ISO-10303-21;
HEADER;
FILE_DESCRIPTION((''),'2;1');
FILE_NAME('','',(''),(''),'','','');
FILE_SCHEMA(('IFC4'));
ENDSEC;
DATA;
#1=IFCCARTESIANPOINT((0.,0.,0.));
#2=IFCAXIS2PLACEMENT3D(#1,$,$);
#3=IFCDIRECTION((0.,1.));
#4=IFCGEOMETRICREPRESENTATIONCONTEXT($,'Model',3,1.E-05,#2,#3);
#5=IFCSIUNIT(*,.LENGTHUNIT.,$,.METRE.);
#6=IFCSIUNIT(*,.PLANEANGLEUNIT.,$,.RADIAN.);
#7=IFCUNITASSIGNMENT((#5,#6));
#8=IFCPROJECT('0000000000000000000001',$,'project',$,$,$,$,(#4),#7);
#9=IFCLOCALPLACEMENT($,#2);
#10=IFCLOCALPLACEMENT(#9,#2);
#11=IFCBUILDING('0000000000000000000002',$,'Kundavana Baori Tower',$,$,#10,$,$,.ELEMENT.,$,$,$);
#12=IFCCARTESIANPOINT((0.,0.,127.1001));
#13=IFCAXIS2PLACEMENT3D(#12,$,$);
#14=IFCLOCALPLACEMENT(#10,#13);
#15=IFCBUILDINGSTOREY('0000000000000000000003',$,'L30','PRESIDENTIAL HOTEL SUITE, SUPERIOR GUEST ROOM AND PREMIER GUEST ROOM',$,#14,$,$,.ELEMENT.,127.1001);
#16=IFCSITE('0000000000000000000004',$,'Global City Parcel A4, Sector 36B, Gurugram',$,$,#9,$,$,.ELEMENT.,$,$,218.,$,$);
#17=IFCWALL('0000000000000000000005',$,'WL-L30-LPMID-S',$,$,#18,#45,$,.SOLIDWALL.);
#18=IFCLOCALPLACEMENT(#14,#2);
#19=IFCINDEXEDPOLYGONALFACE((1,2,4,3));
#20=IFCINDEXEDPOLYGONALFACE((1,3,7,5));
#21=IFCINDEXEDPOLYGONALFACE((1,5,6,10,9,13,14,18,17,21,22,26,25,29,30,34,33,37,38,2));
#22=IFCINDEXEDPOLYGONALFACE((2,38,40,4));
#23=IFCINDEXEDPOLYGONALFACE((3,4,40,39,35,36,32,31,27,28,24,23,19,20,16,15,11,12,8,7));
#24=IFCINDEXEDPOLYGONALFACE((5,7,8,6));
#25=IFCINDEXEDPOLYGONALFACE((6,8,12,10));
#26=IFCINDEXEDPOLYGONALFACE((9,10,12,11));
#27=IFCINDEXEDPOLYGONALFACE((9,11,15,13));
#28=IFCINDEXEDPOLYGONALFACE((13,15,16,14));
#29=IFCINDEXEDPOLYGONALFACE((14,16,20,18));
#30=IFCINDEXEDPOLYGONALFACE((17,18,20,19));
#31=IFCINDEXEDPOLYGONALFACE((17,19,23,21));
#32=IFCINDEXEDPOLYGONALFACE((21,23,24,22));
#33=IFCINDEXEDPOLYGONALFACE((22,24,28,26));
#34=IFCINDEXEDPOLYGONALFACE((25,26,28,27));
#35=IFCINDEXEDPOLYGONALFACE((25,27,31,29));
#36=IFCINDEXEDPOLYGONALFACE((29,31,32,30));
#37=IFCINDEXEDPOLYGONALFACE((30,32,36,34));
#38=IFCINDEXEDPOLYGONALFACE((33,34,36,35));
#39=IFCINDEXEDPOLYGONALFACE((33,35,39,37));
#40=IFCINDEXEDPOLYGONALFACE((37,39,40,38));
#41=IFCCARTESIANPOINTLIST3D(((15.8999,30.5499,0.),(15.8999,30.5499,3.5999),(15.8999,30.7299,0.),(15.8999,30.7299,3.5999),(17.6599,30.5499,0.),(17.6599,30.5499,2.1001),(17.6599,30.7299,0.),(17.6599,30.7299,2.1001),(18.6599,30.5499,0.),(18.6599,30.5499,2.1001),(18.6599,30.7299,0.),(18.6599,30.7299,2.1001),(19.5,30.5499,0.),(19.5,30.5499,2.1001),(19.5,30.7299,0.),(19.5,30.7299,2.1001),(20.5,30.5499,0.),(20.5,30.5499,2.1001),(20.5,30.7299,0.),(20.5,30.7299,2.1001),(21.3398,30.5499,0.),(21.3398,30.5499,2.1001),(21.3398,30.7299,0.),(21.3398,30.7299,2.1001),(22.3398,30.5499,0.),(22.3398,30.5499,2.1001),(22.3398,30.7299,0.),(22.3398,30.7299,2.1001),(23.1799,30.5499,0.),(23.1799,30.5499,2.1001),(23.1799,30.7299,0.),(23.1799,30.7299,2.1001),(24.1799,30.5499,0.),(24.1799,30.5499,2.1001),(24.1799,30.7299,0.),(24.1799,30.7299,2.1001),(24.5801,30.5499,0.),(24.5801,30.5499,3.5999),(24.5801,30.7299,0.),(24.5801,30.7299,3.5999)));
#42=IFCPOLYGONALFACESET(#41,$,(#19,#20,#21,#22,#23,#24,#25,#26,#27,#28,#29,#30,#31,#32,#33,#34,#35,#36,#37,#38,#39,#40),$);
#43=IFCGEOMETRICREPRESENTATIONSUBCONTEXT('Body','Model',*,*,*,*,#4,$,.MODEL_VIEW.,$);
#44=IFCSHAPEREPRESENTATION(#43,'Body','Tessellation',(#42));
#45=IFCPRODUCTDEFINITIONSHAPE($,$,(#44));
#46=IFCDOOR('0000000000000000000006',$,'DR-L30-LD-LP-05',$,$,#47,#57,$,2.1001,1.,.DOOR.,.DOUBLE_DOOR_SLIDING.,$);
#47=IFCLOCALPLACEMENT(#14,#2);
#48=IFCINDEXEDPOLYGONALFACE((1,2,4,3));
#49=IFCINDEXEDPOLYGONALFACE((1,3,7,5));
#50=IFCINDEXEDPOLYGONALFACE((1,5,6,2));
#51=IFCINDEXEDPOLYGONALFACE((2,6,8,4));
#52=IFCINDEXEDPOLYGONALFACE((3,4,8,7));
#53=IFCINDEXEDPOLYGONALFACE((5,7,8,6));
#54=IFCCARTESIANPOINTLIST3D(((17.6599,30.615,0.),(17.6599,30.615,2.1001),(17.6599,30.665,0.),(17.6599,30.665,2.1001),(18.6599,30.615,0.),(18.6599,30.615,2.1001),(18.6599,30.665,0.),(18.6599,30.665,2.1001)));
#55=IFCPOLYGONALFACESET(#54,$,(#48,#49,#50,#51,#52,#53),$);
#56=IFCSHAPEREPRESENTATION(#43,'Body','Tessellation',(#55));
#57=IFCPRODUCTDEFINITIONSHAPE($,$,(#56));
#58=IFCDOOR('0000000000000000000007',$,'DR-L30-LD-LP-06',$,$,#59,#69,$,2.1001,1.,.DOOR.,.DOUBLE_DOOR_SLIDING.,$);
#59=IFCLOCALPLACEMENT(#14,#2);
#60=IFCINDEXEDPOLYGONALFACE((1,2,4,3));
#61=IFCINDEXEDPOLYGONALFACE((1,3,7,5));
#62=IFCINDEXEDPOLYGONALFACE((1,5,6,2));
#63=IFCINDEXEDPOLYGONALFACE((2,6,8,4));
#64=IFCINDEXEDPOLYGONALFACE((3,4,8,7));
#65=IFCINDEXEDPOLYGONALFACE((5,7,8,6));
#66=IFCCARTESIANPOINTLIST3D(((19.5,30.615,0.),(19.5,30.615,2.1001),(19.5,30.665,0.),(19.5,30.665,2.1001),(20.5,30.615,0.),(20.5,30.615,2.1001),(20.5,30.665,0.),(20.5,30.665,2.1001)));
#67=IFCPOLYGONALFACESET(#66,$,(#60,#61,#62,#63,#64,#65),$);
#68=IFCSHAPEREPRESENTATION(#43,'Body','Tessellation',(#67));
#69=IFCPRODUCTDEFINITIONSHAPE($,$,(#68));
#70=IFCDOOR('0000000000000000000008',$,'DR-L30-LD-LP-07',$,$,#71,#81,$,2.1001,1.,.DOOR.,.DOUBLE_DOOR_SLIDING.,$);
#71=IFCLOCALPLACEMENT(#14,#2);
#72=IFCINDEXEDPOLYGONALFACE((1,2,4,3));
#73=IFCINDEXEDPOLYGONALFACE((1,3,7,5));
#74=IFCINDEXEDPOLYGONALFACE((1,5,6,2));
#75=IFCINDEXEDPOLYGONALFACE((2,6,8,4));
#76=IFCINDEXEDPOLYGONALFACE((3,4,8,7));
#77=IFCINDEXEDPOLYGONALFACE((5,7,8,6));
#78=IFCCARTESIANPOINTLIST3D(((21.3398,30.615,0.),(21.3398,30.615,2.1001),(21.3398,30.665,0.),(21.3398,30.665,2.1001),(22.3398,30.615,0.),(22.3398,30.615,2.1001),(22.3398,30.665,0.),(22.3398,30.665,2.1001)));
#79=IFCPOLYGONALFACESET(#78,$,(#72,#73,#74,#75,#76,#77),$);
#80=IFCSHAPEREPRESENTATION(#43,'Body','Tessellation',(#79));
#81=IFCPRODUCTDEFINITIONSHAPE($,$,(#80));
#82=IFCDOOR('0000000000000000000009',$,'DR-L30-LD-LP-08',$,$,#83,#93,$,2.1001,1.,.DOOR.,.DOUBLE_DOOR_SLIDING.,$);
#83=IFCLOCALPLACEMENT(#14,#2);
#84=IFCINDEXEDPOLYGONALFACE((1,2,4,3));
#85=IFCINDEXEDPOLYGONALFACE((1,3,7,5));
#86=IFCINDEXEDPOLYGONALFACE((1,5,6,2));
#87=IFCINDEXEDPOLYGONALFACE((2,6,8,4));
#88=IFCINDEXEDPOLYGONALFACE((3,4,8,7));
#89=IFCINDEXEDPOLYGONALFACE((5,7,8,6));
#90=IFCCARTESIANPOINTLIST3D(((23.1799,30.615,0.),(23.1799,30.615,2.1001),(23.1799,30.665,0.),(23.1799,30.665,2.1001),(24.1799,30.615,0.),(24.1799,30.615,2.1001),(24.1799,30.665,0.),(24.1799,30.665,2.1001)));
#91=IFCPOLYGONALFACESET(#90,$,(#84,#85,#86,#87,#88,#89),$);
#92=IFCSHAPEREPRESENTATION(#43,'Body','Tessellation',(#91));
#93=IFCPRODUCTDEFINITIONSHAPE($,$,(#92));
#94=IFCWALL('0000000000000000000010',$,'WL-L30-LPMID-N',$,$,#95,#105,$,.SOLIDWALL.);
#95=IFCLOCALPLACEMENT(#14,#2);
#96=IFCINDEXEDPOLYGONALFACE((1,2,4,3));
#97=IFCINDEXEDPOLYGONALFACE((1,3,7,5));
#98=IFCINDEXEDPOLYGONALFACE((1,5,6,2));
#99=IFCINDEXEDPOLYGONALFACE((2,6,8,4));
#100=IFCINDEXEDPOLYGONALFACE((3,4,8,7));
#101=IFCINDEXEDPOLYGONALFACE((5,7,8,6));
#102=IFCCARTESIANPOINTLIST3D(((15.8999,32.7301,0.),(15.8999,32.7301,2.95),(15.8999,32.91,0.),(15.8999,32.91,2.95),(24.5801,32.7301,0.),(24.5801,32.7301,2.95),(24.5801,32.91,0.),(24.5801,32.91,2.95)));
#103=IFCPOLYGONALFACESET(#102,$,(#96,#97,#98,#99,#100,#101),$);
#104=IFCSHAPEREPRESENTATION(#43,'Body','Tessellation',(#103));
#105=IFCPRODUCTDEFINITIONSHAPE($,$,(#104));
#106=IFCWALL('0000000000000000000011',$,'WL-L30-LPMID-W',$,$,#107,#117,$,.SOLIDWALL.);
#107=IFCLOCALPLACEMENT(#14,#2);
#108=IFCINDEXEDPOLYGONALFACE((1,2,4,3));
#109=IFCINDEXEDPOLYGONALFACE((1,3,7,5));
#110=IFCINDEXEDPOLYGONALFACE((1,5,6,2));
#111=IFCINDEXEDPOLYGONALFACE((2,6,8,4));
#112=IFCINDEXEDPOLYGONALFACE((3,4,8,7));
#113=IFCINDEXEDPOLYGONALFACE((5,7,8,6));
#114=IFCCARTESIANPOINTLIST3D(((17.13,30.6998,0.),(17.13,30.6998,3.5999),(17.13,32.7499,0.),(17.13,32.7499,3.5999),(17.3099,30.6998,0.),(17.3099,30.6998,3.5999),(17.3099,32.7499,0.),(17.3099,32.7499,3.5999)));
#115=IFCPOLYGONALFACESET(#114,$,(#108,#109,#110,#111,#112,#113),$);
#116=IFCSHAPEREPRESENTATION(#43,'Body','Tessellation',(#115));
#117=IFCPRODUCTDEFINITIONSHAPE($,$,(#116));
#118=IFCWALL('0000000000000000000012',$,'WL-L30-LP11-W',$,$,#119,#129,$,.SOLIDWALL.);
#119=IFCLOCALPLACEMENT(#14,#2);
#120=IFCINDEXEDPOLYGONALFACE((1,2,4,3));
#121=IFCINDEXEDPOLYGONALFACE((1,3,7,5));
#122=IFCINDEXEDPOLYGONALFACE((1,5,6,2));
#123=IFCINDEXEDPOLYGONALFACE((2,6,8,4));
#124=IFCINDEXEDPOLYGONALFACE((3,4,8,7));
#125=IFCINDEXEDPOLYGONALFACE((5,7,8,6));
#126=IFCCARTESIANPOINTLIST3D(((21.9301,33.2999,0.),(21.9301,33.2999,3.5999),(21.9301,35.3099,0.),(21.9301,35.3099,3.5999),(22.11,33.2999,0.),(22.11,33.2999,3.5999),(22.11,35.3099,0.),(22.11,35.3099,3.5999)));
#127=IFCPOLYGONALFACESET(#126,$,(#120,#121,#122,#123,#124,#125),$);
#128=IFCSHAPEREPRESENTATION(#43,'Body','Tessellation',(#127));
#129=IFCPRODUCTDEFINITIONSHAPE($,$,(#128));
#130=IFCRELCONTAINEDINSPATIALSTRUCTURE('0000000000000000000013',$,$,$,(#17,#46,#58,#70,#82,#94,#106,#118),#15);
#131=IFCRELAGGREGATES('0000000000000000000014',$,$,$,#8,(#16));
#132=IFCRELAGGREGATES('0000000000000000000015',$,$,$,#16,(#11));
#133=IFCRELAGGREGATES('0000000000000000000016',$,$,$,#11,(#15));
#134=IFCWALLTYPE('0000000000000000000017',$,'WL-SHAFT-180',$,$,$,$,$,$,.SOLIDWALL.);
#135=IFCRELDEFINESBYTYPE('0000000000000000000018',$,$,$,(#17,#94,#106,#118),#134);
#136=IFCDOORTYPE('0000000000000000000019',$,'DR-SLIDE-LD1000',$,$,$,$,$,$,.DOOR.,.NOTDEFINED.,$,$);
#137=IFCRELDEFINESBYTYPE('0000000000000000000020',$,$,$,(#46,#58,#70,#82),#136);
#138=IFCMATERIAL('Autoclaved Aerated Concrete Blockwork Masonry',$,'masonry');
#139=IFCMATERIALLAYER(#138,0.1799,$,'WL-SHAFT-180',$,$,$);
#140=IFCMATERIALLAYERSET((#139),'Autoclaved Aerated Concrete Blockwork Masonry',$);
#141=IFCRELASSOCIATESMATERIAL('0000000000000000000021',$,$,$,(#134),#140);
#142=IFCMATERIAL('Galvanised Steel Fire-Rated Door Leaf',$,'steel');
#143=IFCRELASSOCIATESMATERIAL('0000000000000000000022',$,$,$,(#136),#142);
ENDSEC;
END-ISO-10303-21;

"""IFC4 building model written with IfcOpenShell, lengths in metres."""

from ifc_helpers import new_model, si_unit, direction, frame, frame_2d, origin, place, context, subcontext, project, spatial, rectangle, extrude, material, layer, layer_set, type_object, element, fill, save


model = new_model("IFC4")

# Units and contexts
model_context = context("Model", 3, precision=1e-05, world=origin(), true_north=direction((0.0, 1.0)))
body_context = subcontext(model_context, "Body", "Model", "MODEL_VIEW")
ifc_project = project(units=[si_unit("LENGTHUNIT", "METRE"), si_unit("PLANEANGLEUNIT", "RADIAN")], contexts=[model_context])

# Site, building, storey
site_placement = place(None, origin())
site = spatial("IfcSite", under=ifc_project, at=site_placement, Name="Global City Parcel A4, Sector 36B, Gurugram", CompositionType="ELEMENT", RefElevation=218.0)
building_placement = place(site_placement, origin())
building = spatial("IfcBuilding", under=site, at=building_placement, Name="Kundavana Baori Tower", CompositionType="ELEMENT")
storey_placement = place(building_placement, frame((0.0, 0.0, 127.1001)))
storey = spatial("IfcBuildingStorey", under=building, at=storey_placement, Name="L30", Description="PRESIDENTIAL HOTEL SUITE, SUPERIOR GUEST ROOM AND PREMIER GUEST ROOM", CompositionType="ELEMENT", Elevation=127.1001)

# Shared definitions
ifc_material_1 = material(Name="Autoclaved Aerated Concrete Blockwork Masonry", Category="masonry")
ifc_layer_1 = layer(ifc_material_1, 0.1799, Name="WL-SHAFT-180")
ifc_layer_set_1 = layer_set([ifc_layer_1], Name="Autoclaved Aerated Concrete Blockwork Masonry")
wall_type_1 = type_object("IfcWallType", Name="WL-SHAFT-180", PredefinedType="SOLIDWALL", material=ifc_layer_set_1)

# Wall, openings, doors
wall_1_placement = place(storey_placement, frame((15.8999, 30.6399, 0.0), z_axis=(0.0, 0.0, 1.0), x_axis=(1.0, 0.0, 0.0)))
wall_1 = element("IfcWall", 1, at=wall_1_placement, inside=storey, type_object=wall_type_1, Name="WL-L30-LPMID-S", PredefinedType="SOLIDWALL", context=body_context, shape_type="SweptSolid", body=[
    extrude(rectangle(XDim=8.6802, YDim=0.1799, at=frame_2d((4.3401, 0.0))), origin(), (0.0, 0.0, 1.0), 3.5999),
])
opening_1_placement = place(wall_1_placement, frame((1.76, 0.0, 0.0)))
opening_1 = element("IfcOpeningElement", 2, at=opening_1_placement, cuts=wall_1, PredefinedType="OPENING", context=body_context, shape_type="SweptSolid", body=[
    extrude(rectangle(XDim=1.0, YDim=2.1001, at=frame_2d((0.5, 1.05))), frame((0.0, 0.1001, 0.0), z_axis=(0.0, -1.0, 0.0), x_axis=(1.0, 0.0, 0.0)), (0.0, 0.0, 1.0), 0.2),
])
opening_2_placement = place(wall_1_placement, frame((3.6001, 0.0, 0.0)))
opening_2 = element("IfcOpeningElement", 3, at=opening_2_placement, cuts=wall_1, PredefinedType="OPENING", context=body_context, shape_type="SweptSolid", body=[
    extrude(rectangle(XDim=1.0, YDim=2.1001, at=frame_2d((0.5, 1.05))), frame((0.0, 0.1001, 0.0), z_axis=(0.0, -1.0, 0.0), x_axis=(1.0, 0.0, 0.0)), (0.0, 0.0, 1.0), 0.2),
])
opening_3_placement = place(wall_1_placement, frame((5.4399, 0.0, 0.0)))
opening_3 = element("IfcOpeningElement", 4, at=opening_3_placement, cuts=wall_1, PredefinedType="OPENING", context=body_context, shape_type="SweptSolid", body=[
    extrude(rectangle(XDim=1.0, YDim=2.1001, at=frame_2d((0.5, 1.05))), frame((0.0, 0.1001, 0.0), z_axis=(0.0, -1.0, 0.0), x_axis=(1.0, 0.0, 0.0)), (0.0, 0.0, 1.0), 0.2),
])
opening_4_placement = place(wall_1_placement, frame((7.28, 0.0, 0.0)))
opening_4 = element("IfcOpeningElement", 5, at=opening_4_placement, cuts=wall_1, PredefinedType="OPENING", context=body_context, shape_type="SweptSolid", body=[
    extrude(rectangle(XDim=1.0, YDim=2.1001, at=frame_2d((0.5, 1.05))), frame((0.0, 0.1001, 0.0), z_axis=(0.0, -1.0, 0.0), x_axis=(1.0, 0.0, 0.0)), (0.0, 0.0, 1.0), 0.2),
])
ifc_material_2 = material(Name="Galvanised Steel Fire-Rated Door Leaf", Category="steel")
door_type_1 = type_object("IfcDoorType", Name="DR-SLIDE-LD1000", OperationType="NOTDEFINED", PredefinedType="DOOR", material=ifc_material_2)
door_1_placement = place(opening_1_placement, frame((1.0, 0.0, 0.0), z_axis=(0.0, 0.0, 1.0), x_axis=(-1.0, 0.0, 0.0)))
door_1 = element("IfcDoor", 6, at=door_1_placement, inside=storey, type_object=door_type_1, Name="DR-L30-LD-LP-05", OperationType="DOUBLE_DOOR_SLIDING", OverallHeight=2.1001, OverallWidth=1.0, PredefinedType="DOOR", context=body_context, shape_type="SweptSolid", body=[
    extrude(rectangle(XDim=1.0, YDim=2.1001, at=frame_2d((0.5, 1.05))), frame((0.0, 0.0249, 0.0), z_axis=(0.0, -1.0, 0.0), x_axis=(1.0, 0.0, 0.0)), (0.0, 0.0, 1.0), 0.05),
])
fill(opening_1, door_1)
door_2_placement = place(opening_2_placement, frame((1.0, 0.0, 0.0), z_axis=(0.0, 0.0, 1.0), x_axis=(-1.0, 0.0, 0.0)))
door_2 = element("IfcDoor", 7, at=door_2_placement, inside=storey, type_object=door_type_1, Name="DR-L30-LD-LP-06", OperationType="DOUBLE_DOOR_SLIDING", OverallHeight=2.1001, OverallWidth=1.0, PredefinedType="DOOR", context=body_context, shape_type="SweptSolid", body=[
    extrude(rectangle(XDim=1.0, YDim=2.1001, at=frame_2d((0.5, 1.05))), frame((0.0, 0.0249, 0.0), z_axis=(0.0, -1.0, 0.0), x_axis=(1.0, 0.0, 0.0)), (0.0, 0.0, 1.0), 0.05),
])
fill(opening_2, door_2)
door_3_placement = place(opening_3_placement, frame((1.0, 0.0, 0.0), z_axis=(0.0, 0.0, 1.0), x_axis=(-1.0, 0.0, 0.0)))
door_3 = element("IfcDoor", 8, at=door_3_placement, inside=storey, type_object=door_type_1, Name="DR-L30-LD-LP-07", OperationType="DOUBLE_DOOR_SLIDING", OverallHeight=2.1001, OverallWidth=1.0, PredefinedType="DOOR", context=body_context, shape_type="SweptSolid", body=[
    extrude(rectangle(XDim=1.0, YDim=2.1001, at=frame_2d((0.5, 1.05))), frame((0.0, 0.0249, 0.0), z_axis=(0.0, -1.0, 0.0), x_axis=(1.0, 0.0, 0.0)), (0.0, 0.0, 1.0), 0.05),
])
fill(opening_3, door_3)
door_4_placement = place(opening_4_placement, frame((1.0, 0.0, 0.0), z_axis=(0.0, 0.0, 1.0), x_axis=(-1.0, 0.0, 0.0)))
door_4 = element("IfcDoor", 9, at=door_4_placement, inside=storey, type_object=door_type_1, Name="DR-L30-LD-LP-08", OperationType="DOUBLE_DOOR_SLIDING", OverallHeight=2.1001, OverallWidth=1.0, PredefinedType="DOOR", context=body_context, shape_type="SweptSolid", body=[
    extrude(rectangle(XDim=1.0, YDim=2.1001, at=frame_2d((0.5, 1.05))), frame((0.0, 0.0249, 0.0), z_axis=(0.0, -1.0, 0.0), x_axis=(1.0, 0.0, 0.0)), (0.0, 0.0, 1.0), 0.05),
])
fill(opening_4, door_4)

# Walls
wall_2_placement = place(storey_placement, frame((15.8999, 32.8201, 0.0), z_axis=(0.0, 0.0, 1.0), x_axis=(1.0, 0.0, 0.0)))
element("IfcWall", 10, at=wall_2_placement, inside=storey, type_object=wall_type_1, Name="WL-L30-LPMID-N", PredefinedType="SOLIDWALL", context=body_context, shape_type="SweptSolid", body=[
    extrude(rectangle(XDim=8.6802, YDim=0.1799, at=frame_2d((4.3401, 0.0))), origin(), (0.0, 0.0, 1.0), 2.95),
])
wall_3_placement = place(storey_placement, frame((17.22, 30.7, 0.0), z_axis=(0.0, 0.0, 1.0), x_axis=(0.0, 1.0, 0.0)))
element("IfcWall", 11, at=wall_3_placement, inside=storey, type_object=wall_type_1, Name="WL-L30-LPMID-W", PredefinedType="SOLIDWALL", context=body_context, shape_type="SweptSolid", body=[
    extrude(rectangle(XDim=2.05, YDim=0.1799, at=frame_2d((1.0249, 0.0))), origin(), (0.0, 0.0, 1.0), 3.5999),
])
wall_4_placement = place(storey_placement, frame((22.02, 33.3, 0.0), z_axis=(0.0, 0.0, 1.0), x_axis=(0.0, 1.0, 0.0)))
element("IfcWall", 12, at=wall_4_placement, inside=storey, type_object=wall_type_1, Name="WL-L30-LP11-W", PredefinedType="SOLIDWALL", context=body_context, shape_type="SweptSolid", body=[
    extrude(rectangle(XDim=2.01, YDim=0.1799, at=frame_2d((1.0049, 0.0))), origin(), (0.0, 0.0, 1.0), 3.5999),
])

save(model, "model.ifc")
